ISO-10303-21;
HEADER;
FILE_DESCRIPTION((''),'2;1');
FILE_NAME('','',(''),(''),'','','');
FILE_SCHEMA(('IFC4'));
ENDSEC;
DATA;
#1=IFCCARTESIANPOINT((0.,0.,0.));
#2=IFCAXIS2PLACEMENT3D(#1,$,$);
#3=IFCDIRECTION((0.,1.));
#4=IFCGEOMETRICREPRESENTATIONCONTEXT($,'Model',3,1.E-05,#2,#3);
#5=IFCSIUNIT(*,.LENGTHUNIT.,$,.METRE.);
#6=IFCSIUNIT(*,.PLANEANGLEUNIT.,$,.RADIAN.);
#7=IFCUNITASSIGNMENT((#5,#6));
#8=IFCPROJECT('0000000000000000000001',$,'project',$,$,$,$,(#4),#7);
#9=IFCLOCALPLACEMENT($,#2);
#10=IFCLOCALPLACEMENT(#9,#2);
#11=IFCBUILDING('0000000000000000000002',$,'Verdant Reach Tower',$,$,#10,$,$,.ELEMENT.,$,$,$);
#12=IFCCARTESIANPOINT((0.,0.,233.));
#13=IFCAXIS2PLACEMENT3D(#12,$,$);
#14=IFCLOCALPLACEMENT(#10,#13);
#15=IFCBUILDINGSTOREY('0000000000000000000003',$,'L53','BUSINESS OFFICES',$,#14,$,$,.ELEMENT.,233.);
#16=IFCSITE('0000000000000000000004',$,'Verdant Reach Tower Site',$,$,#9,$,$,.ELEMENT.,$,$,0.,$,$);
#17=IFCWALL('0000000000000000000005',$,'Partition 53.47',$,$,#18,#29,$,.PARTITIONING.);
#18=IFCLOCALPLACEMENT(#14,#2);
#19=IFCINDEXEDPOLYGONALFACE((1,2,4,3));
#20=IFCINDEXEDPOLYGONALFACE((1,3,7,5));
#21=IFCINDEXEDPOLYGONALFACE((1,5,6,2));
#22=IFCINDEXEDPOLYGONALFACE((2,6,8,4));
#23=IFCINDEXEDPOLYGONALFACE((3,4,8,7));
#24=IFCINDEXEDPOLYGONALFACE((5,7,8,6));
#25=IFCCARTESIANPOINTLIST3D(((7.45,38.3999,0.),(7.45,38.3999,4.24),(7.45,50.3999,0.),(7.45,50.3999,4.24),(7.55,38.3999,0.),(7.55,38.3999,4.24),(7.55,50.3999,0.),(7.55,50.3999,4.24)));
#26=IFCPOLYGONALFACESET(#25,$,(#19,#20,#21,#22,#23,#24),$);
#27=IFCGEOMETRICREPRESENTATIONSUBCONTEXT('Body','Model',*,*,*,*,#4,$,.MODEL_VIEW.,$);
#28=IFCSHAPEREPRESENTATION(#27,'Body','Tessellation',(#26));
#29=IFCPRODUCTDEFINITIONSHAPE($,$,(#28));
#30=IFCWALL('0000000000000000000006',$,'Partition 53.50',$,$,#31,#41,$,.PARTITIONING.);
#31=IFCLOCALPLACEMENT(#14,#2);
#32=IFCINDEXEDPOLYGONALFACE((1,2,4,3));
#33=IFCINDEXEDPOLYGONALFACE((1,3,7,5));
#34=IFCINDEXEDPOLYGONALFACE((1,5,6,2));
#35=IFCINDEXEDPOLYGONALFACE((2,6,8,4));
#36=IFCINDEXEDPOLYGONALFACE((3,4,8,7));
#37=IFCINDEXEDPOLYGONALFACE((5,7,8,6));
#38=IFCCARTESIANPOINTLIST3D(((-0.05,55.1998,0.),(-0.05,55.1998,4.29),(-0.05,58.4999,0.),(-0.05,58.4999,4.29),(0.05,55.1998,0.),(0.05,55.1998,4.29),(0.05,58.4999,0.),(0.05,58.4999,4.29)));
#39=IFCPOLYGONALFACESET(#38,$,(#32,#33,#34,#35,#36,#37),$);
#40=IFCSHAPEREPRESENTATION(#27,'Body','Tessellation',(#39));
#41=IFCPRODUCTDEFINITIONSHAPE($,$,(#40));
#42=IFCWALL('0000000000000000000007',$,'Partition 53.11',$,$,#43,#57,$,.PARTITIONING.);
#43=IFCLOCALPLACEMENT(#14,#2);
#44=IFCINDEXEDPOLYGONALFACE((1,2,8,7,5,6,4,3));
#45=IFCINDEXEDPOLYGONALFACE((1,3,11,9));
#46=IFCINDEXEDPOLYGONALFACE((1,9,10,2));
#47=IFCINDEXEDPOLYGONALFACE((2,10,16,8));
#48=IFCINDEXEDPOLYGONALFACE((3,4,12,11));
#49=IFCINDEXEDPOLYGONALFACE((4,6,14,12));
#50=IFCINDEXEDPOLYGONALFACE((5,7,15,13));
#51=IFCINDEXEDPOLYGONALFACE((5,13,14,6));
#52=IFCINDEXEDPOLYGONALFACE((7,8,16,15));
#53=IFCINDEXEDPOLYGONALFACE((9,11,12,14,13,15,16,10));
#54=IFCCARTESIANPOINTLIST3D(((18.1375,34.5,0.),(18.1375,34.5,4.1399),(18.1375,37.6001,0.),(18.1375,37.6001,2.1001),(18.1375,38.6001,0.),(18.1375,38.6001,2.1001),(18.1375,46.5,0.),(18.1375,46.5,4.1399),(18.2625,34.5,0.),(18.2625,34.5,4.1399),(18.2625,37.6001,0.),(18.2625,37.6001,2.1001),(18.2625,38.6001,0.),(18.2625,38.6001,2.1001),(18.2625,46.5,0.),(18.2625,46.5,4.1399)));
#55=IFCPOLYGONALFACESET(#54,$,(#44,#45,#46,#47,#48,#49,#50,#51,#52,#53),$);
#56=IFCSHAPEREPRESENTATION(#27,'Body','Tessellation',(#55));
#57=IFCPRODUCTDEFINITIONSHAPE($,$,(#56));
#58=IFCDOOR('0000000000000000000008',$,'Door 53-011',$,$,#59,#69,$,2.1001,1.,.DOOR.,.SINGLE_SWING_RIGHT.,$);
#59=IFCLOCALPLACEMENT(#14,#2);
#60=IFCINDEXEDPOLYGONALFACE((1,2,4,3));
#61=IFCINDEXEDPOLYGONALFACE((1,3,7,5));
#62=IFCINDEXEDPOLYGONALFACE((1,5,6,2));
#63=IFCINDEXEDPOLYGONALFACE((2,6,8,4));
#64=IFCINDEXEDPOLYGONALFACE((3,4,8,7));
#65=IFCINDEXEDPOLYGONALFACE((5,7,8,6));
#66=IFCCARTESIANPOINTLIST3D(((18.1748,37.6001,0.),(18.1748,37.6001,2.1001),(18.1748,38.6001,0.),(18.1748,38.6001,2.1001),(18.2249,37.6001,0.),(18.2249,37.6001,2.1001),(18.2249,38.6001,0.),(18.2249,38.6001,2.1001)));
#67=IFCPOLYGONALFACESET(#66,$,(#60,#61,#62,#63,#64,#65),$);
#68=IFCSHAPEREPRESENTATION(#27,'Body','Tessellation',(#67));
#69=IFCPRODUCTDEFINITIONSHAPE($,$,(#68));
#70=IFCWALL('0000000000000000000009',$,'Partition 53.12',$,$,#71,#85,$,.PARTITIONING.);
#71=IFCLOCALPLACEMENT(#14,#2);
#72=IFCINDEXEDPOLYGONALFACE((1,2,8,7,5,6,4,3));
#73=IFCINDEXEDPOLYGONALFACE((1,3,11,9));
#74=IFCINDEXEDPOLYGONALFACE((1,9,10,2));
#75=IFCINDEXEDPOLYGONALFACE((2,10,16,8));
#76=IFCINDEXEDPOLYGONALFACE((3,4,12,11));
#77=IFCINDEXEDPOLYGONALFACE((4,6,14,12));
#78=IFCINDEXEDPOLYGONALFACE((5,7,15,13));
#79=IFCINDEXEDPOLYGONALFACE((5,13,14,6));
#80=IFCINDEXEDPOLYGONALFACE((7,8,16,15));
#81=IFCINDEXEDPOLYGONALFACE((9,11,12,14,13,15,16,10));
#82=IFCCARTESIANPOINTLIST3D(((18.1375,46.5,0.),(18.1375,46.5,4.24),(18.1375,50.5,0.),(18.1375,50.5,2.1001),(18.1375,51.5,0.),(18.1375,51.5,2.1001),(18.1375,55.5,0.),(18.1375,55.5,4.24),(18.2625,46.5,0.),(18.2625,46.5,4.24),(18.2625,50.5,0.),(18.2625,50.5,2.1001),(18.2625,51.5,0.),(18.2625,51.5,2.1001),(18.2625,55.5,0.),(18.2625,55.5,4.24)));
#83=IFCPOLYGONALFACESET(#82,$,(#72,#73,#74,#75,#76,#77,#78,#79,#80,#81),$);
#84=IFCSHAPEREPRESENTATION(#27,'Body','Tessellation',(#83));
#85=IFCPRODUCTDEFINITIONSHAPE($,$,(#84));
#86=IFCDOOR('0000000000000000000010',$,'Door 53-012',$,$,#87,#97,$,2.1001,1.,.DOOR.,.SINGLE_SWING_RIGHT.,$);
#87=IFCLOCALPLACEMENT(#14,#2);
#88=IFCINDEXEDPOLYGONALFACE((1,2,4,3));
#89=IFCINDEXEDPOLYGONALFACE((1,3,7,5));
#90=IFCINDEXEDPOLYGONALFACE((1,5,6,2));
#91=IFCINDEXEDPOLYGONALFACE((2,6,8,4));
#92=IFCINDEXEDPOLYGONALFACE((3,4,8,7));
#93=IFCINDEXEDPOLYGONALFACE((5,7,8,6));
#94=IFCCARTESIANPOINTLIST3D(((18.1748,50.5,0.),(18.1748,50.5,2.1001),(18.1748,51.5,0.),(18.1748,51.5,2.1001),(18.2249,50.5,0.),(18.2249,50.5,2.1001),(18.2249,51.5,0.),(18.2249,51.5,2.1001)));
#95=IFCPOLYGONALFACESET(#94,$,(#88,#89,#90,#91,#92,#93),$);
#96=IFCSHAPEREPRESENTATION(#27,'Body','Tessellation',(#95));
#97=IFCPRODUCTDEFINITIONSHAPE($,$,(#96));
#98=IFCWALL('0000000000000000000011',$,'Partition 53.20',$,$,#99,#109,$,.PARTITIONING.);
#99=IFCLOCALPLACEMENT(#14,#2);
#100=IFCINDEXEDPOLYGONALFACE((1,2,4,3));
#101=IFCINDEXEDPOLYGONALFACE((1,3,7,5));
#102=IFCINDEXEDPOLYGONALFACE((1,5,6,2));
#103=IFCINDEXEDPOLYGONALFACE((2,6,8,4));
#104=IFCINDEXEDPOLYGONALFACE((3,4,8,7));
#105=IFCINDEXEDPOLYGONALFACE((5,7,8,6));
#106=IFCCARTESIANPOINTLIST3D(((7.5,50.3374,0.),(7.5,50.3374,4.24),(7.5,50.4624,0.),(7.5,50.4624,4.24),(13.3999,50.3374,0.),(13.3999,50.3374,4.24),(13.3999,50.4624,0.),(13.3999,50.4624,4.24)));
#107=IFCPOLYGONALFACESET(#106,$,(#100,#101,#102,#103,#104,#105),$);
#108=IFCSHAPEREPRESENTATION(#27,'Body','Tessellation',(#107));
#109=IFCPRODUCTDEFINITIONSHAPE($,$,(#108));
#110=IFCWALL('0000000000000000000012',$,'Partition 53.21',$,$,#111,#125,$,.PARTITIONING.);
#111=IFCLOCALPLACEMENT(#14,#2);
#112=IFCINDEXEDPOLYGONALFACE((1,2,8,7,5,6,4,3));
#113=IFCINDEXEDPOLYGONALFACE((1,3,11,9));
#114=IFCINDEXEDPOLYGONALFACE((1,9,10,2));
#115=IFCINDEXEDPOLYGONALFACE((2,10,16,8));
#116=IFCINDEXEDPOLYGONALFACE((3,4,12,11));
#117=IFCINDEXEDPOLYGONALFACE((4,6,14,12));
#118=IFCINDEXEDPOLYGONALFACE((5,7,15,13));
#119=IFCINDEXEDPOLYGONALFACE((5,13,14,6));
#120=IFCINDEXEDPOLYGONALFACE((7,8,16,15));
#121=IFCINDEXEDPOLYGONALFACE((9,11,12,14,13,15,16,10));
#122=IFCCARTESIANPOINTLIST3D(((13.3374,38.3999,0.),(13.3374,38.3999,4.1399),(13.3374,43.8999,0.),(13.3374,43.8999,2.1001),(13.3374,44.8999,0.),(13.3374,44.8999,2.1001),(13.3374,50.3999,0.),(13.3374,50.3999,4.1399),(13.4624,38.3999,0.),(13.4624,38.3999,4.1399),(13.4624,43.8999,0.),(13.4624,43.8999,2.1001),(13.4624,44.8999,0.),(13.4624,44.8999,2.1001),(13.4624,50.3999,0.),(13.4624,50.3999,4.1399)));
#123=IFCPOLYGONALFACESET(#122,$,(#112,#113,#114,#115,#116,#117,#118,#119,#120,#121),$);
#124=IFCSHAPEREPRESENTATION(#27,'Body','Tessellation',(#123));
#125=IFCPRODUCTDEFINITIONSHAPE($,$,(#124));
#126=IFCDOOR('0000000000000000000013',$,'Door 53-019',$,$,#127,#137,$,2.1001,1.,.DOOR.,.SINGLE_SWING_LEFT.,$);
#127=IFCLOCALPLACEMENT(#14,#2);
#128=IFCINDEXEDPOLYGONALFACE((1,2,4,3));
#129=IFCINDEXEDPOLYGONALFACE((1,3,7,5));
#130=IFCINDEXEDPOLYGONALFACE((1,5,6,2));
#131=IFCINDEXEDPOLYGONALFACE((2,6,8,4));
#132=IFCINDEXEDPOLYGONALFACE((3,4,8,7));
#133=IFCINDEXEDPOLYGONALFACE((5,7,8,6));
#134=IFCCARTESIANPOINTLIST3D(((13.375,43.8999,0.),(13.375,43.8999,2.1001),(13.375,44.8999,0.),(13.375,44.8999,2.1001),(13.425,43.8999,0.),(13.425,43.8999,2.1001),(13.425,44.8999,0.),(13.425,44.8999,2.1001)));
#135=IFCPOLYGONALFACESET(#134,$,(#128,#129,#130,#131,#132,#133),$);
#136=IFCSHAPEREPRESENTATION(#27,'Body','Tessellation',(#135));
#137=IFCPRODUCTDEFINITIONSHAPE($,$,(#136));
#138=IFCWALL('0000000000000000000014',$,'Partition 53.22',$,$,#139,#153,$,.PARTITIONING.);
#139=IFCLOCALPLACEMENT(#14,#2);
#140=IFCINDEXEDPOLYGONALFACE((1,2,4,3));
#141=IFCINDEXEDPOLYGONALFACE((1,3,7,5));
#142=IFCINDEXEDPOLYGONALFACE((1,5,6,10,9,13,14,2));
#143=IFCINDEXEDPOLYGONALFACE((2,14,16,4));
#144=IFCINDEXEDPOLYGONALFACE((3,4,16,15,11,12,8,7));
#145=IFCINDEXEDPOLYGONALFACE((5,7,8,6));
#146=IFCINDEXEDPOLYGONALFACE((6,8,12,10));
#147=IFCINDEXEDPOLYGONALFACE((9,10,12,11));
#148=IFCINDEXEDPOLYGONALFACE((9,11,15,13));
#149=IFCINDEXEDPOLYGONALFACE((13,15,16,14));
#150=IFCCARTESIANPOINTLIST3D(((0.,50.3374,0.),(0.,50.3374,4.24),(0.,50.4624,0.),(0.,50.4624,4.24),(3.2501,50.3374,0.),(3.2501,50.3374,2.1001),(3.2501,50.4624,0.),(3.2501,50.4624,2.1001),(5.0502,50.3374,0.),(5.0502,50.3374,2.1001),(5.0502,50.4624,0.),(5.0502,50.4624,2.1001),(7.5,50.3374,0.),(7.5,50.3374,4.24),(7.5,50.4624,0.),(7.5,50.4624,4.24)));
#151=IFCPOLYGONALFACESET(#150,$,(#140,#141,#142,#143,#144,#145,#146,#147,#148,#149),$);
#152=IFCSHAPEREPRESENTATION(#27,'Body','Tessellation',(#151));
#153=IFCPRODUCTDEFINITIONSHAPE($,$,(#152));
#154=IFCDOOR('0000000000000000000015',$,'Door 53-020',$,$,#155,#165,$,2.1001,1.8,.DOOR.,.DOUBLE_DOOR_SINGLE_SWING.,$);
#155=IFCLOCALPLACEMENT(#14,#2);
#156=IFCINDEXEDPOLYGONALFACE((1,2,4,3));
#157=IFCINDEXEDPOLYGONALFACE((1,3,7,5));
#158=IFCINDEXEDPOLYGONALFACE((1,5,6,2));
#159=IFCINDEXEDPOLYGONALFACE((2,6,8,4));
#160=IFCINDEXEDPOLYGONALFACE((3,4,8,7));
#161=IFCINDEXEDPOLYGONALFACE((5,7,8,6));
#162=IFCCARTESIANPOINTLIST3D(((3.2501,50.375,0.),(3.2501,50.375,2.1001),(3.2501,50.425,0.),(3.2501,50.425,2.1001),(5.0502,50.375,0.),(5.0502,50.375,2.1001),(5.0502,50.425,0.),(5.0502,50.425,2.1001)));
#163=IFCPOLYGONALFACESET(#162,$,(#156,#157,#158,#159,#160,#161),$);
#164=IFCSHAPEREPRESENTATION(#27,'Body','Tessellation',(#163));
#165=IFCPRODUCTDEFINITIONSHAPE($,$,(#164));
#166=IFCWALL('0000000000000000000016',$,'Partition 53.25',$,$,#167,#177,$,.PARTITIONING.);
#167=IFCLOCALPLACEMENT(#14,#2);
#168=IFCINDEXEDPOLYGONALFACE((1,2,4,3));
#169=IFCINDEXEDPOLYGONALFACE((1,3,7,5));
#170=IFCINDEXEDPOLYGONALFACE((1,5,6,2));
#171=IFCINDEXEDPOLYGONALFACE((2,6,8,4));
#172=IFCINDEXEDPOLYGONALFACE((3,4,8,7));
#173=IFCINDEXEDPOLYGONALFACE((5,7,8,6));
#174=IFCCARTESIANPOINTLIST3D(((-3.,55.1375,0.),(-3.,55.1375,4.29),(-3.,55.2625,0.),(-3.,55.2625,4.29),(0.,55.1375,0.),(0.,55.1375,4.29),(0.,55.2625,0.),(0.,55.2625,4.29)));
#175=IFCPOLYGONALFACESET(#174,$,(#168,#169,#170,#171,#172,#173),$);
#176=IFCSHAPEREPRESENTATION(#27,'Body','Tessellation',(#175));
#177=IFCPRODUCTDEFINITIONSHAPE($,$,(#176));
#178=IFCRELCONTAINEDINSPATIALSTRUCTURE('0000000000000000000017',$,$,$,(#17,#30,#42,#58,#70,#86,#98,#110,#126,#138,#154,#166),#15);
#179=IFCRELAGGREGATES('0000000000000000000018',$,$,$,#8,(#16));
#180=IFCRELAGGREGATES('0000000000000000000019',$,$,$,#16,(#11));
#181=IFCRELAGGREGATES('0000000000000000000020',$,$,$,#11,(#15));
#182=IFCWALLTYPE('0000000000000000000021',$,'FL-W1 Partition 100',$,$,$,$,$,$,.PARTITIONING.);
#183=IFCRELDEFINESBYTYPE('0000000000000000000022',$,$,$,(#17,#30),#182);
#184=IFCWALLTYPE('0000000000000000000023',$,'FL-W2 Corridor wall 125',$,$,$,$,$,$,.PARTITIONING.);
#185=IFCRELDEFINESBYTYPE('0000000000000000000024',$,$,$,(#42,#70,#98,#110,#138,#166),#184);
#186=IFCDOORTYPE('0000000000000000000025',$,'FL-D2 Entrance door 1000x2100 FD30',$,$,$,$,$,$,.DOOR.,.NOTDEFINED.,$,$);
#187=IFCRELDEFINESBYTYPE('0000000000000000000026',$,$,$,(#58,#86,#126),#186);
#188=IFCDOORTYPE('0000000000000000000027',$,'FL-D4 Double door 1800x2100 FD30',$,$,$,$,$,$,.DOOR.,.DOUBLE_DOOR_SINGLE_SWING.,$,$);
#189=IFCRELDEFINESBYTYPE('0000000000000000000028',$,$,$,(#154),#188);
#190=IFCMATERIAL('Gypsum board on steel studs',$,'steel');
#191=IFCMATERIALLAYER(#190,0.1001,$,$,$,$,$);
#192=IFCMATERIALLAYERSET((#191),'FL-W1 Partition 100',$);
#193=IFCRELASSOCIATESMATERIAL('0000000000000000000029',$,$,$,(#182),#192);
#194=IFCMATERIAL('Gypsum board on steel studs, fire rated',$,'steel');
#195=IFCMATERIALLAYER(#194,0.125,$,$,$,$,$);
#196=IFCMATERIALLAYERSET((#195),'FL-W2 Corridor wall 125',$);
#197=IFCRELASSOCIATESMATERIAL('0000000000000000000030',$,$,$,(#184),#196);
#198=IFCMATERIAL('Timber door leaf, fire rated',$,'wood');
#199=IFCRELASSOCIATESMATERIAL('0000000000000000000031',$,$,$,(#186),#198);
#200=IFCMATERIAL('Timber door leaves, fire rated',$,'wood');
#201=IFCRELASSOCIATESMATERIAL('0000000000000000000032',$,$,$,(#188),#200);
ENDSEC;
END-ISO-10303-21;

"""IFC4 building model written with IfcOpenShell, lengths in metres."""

from ifc_helpers import new_model, si_unit, direction, frame, frame_2d, origin, place, context, subcontext, project, spatial, rectangle, extrude, material, layer, layer_set, type_object, element, fill, save


model = new_model("IFC4")

# Units and contexts
model_context = context("Model", 3, precision=1e-05, world=origin(), true_north=direction((0.0, 1.0)))
body_context = subcontext(model_context, "Body", "Model", "MODEL_VIEW")
ifc_project = project(units=[si_unit("LENGTHUNIT", "METRE"), si_unit("PLANEANGLEUNIT", "RADIAN")], contexts=[model_context])

# Site, building, storey
site_placement = place(None, origin())
site = spatial("IfcSite", under=ifc_project, at=site_placement, Name="Verdant Reach Tower Site", CompositionType="ELEMENT", RefElevation=0.0)
building_placement = place(site_placement, origin())
building = spatial("IfcBuilding", under=site, at=building_placement, Name="Verdant Reach Tower", CompositionType="ELEMENT")
storey_placement = place(building_placement, frame((0.0, 0.0, 233.0)))
storey = spatial("IfcBuildingStorey", under=building, at=storey_placement, Name="L53", Description="BUSINESS OFFICES", CompositionType="ELEMENT", Elevation=233.0)

# Walls
ifc_material_1 = material(Name="Gypsum board on steel studs", Category="steel")
ifc_layer_1 = layer(ifc_material_1, 0.1001)
ifc_layer_set_1 = layer_set([ifc_layer_1], Name="FL-W1 Partition 100")
wall_type_1 = type_object("IfcWallType", Name="FL-W1 Partition 100", PredefinedType="PARTITIONING", material=ifc_layer_set_1)
wall_1_placement = place(storey_placement, frame((7.5, 50.3999, 0.0), z_axis=(0.0, 0.0, 1.0), x_axis=(0.0, -1.0, 0.0)))
element("IfcWall", 1, at=wall_1_placement, inside=storey, type_object=wall_type_1, Name="Partition 53.47", PredefinedType="PARTITIONING", context=body_context, shape_type="SweptSolid", body=[
    extrude(rectangle(XDim=12.0, YDim=0.1001, at=frame_2d((6.0, 0.0))), origin(), (0.0, 0.0, 1.0), 4.24),
])
wall_2_placement = place(storey_placement, frame((0.0, 55.2, 0.0), z_axis=(0.0, 0.0, 1.0), x_axis=(0.0, 1.0, 0.0)))
element("IfcWall", 2, at=wall_2_placement, inside=storey, type_object=wall_type_1, Name="Partition 53.50", PredefinedType="PARTITIONING", context=body_context, shape_type="SweptSolid", body=[
    extrude(rectangle(XDim=3.3, YDim=0.1001, at=frame_2d((1.6499, 0.0))), origin(), (0.0, 0.0, 1.0), 4.29),
])

# Walls, openings, doors
ifc_material_2 = material(Name="Gypsum board on steel studs, fire rated", Category="steel")
ifc_layer_2 = layer(ifc_material_2, 0.125)
ifc_layer_set_2 = layer_set([ifc_layer_2], Name="FL-W2 Corridor wall 125")
wall_type_2 = type_object("IfcWallType", Name="FL-W2 Corridor wall 125", PredefinedType="PARTITIONING", material=ifc_layer_set_2)
wall_3_placement = place(storey_placement, frame((18.2, 46.5, 0.0), z_axis=(0.0, 0.0, 1.0), x_axis=(0.0, -1.0, 0.0)))
wall_3 = element("IfcWall", 3, at=wall_3_placement, inside=storey, type_object=wall_type_2, Name="Partition 53.11", PredefinedType="PARTITIONING", context=body_context, shape_type="SweptSolid", body=[
    extrude(rectangle(XDim=12.0, YDim=0.125, at=frame_2d((6.0, 0.0))), origin(), (0.0, 0.0, 1.0), 4.1399),
])
opening_1_placement = place(wall_3_placement, frame((7.8999, 0.0, 0.0)))
opening_1 = element("IfcOpeningElement", 4, at=opening_1_placement, cuts=wall_3, PredefinedType="OPENING", context=body_context, shape_type="SweptSolid", body=[
    extrude(rectangle(XDim=1.0, YDim=2.1001, at=frame_2d((0.5, 1.05))), frame((0.0, 0.0725, 0.0), z_axis=(0.0, -1.0, 0.0), x_axis=(1.0, 0.0, 0.0)), (0.0, 0.0, 1.0), 0.145),
])
ifc_material_3 = material(Name="Timber door leaf, fire rated", Category="wood")
door_type_1 = type_object("IfcDoorType", Name="FL-D2 Entrance door 1000x2100 FD30", OperationType="NOTDEFINED", PredefinedType="DOOR", material=ifc_material_3)
door_1_placement = place(opening_1_placement, origin())
door_1 = element("IfcDoor", 5, at=door_1_placement, inside=storey, type_object=door_type_1, Name="Door 53-011", OperationType="SINGLE_SWING_RIGHT", OverallHeight=2.1001, OverallWidth=1.0, PredefinedType="DOOR", context=body_context, shape_type="SweptSolid", body=[
    extrude(rectangle(XDim=1.0, YDim=2.1001, at=frame_2d((0.5, 1.05))), frame((0.0, 0.0249, 0.0), z_axis=(0.0, -1.0, 0.0), x_axis=(1.0, 0.0, 0.0)), (0.0, 0.0, 1.0), 0.05),
])
fill(opening_1, door_1)
wall_4_placement = place(storey_placement, frame((18.2, 55.5, 0.0), z_axis=(0.0, 0.0, 1.0), x_axis=(0.0, -1.0, 0.0)))
wall_4 = element("IfcWall", 6, at=wall_4_placement, inside=storey, type_object=wall_type_2, Name="Partition 53.12", PredefinedType="PARTITIONING", context=body_context, shape_type="SweptSolid", body=[
    extrude(rectangle(XDim=9.0, YDim=0.125, at=frame_2d((4.5, 0.0))), origin(), (0.0, 0.0, 1.0), 4.24),
])
opening_2_placement = place(wall_4_placement, frame((4.0, 0.0, 0.0)))
opening_2 = element("IfcOpeningElement", 7, at=opening_2_placement, cuts=wall_4, PredefinedType="OPENING", context=body_context, shape_type="SweptSolid", body=[
    extrude(rectangle(XDim=1.0, YDim=2.1001, at=frame_2d((0.5, 1.05))), frame((0.0, 0.0725, 0.0), z_axis=(0.0, -1.0, 0.0), x_axis=(1.0, 0.0, 0.0)), (0.0, 0.0, 1.0), 0.145),
])
door_2_placement = place(opening_2_placement, origin())
door_2 = element("IfcDoor", 8, at=door_2_placement, inside=storey, type_object=door_type_1, Name="Door 53-012", OperationType="SINGLE_SWING_RIGHT", OverallHeight=2.1001, OverallWidth=1.0, PredefinedType="DOOR", context=body_context, shape_type="SweptSolid", body=[
    extrude(rectangle(XDim=1.0, YDim=2.1001, at=frame_2d((0.5, 1.05))), frame((0.0, 0.0249, 0.0), z_axis=(0.0, -1.0, 0.0), x_axis=(1.0, 0.0, 0.0)), (0.0, 0.0, 1.0), 0.05),
])
fill(opening_2, door_2)

# Wall
wall_5_placement = place(storey_placement, frame((13.3999, 50.3999, 0.0), z_axis=(0.0, 0.0, 1.0), x_axis=(-1.0, 0.0, 0.0)))
element("IfcWall", 9, at=wall_5_placement, inside=storey, type_object=wall_type_2, Name="Partition 53.20", PredefinedType="PARTITIONING", context=body_context, shape_type="SweptSolid", body=[
    extrude(rectangle(XDim=5.8999, YDim=0.125, at=frame_2d((2.95, 0.0))), origin(), (0.0, 0.0, 1.0), 4.24),
])

# Walls, openings, doors
wall_6_placement = place(storey_placement, frame((13.3999, 38.3999, 0.0), z_axis=(0.0, 0.0, 1.0), x_axis=(0.0, 1.0, 0.0)))
wall_6 = element("IfcWall", 10, at=wall_6_placement, inside=storey, type_object=wall_type_2, Name="Partition 53.21", PredefinedType="PARTITIONING", context=body_context, shape_type="SweptSolid", body=[
    extrude(rectangle(XDim=12.0, YDim=0.125, at=frame_2d((6.0, 0.0))), origin(), (0.0, 0.0, 1.0), 4.1399),
])
opening_3_placement = place(wall_6_placement, frame((5.5, 0.0, 0.0)))
opening_3 = element("IfcOpeningElement", 11, at=opening_3_placement, cuts=wall_6, PredefinedType="OPENING", context=body_context, shape_type="SweptSolid", body=[
    extrude(rectangle(XDim=1.0, YDim=2.1001, at=frame_2d((0.5, 1.05))), frame((0.0, 0.0725, 0.0), z_axis=(0.0, -1.0, 0.0), x_axis=(1.0, 0.0, 0.0)), (0.0, 0.0, 1.0), 0.145),
])
door_3_placement = place(opening_3_placement, origin())
door_3 = element("IfcDoor", 12, at=door_3_placement, inside=storey, type_object=door_type_1, Name="Door 53-019", OperationType="SINGLE_SWING_LEFT", OverallHeight=2.1001, OverallWidth=1.0, PredefinedType="DOOR", context=body_context, shape_type="SweptSolid", body=[
    extrude(rectangle(XDim=1.0, YDim=2.1001, at=frame_2d((0.5, 1.05))), frame((0.0, 0.0249, 0.0), z_axis=(0.0, -1.0, 0.0), x_axis=(1.0, 0.0, 0.0)), (0.0, 0.0, 1.0), 0.05),
])
fill(opening_3, door_3)
wall_7_placement = place(storey_placement, frame((7.5, 50.3999, 0.0), z_axis=(0.0, 0.0, 1.0), x_axis=(-1.0, 0.0, 0.0)))
wall_7 = element("IfcWall", 13, at=wall_7_placement, inside=storey, type_object=wall_type_2, Name="Partition 53.22", PredefinedType="PARTITIONING", context=body_context, shape_type="SweptSolid", body=[
    extrude(rectangle(XDim=7.5, YDim=0.125, at=frame_2d((3.75, 0.0))), origin(), (0.0, 0.0, 1.0), 4.24),
])
opening_4_placement = place(wall_7_placement, frame((2.45, 0.0, 0.0)))
opening_4 = element("IfcOpeningElement", 14, at=opening_4_placement, cuts=wall_7, PredefinedType="OPENING", context=body_context, shape_type="SweptSolid", body=[
    extrude(rectangle(XDim=1.8, YDim=2.1001, at=frame_2d((0.8999, 1.05))), frame((0.0, 0.0725, 0.0), z_axis=(0.0, -1.0, 0.0), x_axis=(1.0, 0.0, 0.0)), (0.0, 0.0, 1.0), 0.145),
])
ifc_material_4 = material(Name="Timber door leaves, fire rated", Category="wood")
door_type_2 = type_object("IfcDoorType", Name="FL-D4 Double door 1800x2100 FD30", OperationType="DOUBLE_DOOR_SINGLE_SWING", PredefinedType="DOOR", material=ifc_material_4)
door_4_placement = place(opening_4_placement, origin())
door_4 = element("IfcDoor", 15, at=door_4_placement, inside=storey, type_object=door_type_2, Name="Door 53-020", OperationType="DOUBLE_DOOR_SINGLE_SWING", OverallHeight=2.1001, OverallWidth=1.8, PredefinedType="DOOR", context=body_context, shape_type="SweptSolid", body=[
    extrude(rectangle(XDim=1.8, YDim=2.1001, at=frame_2d((0.8999, 1.05))), frame((0.0, 0.0249, 0.0), z_axis=(0.0, -1.0, 0.0), x_axis=(1.0, 0.0, 0.0)), (0.0, 0.0, 1.0), 0.05),
])
fill(opening_4, door_4)

# Wall
wall_8_placement = place(storey_placement, frame((0.0, 55.2, 0.0), z_axis=(0.0, 0.0, 1.0), x_axis=(-1.0, 0.0, 0.0)))
element("IfcWall", 16, at=wall_8_placement, inside=storey, type_object=wall_type_2, Name="Partition 53.25", PredefinedType="PARTITIONING", context=body_context, shape_type="SweptSolid", body=[
    extrude(rectangle(XDim=3.0, YDim=0.125, at=frame_2d((1.5, 0.0))), origin(), (0.0, 0.0, 1.0), 4.29),
])

save(model, "model.ifc")
